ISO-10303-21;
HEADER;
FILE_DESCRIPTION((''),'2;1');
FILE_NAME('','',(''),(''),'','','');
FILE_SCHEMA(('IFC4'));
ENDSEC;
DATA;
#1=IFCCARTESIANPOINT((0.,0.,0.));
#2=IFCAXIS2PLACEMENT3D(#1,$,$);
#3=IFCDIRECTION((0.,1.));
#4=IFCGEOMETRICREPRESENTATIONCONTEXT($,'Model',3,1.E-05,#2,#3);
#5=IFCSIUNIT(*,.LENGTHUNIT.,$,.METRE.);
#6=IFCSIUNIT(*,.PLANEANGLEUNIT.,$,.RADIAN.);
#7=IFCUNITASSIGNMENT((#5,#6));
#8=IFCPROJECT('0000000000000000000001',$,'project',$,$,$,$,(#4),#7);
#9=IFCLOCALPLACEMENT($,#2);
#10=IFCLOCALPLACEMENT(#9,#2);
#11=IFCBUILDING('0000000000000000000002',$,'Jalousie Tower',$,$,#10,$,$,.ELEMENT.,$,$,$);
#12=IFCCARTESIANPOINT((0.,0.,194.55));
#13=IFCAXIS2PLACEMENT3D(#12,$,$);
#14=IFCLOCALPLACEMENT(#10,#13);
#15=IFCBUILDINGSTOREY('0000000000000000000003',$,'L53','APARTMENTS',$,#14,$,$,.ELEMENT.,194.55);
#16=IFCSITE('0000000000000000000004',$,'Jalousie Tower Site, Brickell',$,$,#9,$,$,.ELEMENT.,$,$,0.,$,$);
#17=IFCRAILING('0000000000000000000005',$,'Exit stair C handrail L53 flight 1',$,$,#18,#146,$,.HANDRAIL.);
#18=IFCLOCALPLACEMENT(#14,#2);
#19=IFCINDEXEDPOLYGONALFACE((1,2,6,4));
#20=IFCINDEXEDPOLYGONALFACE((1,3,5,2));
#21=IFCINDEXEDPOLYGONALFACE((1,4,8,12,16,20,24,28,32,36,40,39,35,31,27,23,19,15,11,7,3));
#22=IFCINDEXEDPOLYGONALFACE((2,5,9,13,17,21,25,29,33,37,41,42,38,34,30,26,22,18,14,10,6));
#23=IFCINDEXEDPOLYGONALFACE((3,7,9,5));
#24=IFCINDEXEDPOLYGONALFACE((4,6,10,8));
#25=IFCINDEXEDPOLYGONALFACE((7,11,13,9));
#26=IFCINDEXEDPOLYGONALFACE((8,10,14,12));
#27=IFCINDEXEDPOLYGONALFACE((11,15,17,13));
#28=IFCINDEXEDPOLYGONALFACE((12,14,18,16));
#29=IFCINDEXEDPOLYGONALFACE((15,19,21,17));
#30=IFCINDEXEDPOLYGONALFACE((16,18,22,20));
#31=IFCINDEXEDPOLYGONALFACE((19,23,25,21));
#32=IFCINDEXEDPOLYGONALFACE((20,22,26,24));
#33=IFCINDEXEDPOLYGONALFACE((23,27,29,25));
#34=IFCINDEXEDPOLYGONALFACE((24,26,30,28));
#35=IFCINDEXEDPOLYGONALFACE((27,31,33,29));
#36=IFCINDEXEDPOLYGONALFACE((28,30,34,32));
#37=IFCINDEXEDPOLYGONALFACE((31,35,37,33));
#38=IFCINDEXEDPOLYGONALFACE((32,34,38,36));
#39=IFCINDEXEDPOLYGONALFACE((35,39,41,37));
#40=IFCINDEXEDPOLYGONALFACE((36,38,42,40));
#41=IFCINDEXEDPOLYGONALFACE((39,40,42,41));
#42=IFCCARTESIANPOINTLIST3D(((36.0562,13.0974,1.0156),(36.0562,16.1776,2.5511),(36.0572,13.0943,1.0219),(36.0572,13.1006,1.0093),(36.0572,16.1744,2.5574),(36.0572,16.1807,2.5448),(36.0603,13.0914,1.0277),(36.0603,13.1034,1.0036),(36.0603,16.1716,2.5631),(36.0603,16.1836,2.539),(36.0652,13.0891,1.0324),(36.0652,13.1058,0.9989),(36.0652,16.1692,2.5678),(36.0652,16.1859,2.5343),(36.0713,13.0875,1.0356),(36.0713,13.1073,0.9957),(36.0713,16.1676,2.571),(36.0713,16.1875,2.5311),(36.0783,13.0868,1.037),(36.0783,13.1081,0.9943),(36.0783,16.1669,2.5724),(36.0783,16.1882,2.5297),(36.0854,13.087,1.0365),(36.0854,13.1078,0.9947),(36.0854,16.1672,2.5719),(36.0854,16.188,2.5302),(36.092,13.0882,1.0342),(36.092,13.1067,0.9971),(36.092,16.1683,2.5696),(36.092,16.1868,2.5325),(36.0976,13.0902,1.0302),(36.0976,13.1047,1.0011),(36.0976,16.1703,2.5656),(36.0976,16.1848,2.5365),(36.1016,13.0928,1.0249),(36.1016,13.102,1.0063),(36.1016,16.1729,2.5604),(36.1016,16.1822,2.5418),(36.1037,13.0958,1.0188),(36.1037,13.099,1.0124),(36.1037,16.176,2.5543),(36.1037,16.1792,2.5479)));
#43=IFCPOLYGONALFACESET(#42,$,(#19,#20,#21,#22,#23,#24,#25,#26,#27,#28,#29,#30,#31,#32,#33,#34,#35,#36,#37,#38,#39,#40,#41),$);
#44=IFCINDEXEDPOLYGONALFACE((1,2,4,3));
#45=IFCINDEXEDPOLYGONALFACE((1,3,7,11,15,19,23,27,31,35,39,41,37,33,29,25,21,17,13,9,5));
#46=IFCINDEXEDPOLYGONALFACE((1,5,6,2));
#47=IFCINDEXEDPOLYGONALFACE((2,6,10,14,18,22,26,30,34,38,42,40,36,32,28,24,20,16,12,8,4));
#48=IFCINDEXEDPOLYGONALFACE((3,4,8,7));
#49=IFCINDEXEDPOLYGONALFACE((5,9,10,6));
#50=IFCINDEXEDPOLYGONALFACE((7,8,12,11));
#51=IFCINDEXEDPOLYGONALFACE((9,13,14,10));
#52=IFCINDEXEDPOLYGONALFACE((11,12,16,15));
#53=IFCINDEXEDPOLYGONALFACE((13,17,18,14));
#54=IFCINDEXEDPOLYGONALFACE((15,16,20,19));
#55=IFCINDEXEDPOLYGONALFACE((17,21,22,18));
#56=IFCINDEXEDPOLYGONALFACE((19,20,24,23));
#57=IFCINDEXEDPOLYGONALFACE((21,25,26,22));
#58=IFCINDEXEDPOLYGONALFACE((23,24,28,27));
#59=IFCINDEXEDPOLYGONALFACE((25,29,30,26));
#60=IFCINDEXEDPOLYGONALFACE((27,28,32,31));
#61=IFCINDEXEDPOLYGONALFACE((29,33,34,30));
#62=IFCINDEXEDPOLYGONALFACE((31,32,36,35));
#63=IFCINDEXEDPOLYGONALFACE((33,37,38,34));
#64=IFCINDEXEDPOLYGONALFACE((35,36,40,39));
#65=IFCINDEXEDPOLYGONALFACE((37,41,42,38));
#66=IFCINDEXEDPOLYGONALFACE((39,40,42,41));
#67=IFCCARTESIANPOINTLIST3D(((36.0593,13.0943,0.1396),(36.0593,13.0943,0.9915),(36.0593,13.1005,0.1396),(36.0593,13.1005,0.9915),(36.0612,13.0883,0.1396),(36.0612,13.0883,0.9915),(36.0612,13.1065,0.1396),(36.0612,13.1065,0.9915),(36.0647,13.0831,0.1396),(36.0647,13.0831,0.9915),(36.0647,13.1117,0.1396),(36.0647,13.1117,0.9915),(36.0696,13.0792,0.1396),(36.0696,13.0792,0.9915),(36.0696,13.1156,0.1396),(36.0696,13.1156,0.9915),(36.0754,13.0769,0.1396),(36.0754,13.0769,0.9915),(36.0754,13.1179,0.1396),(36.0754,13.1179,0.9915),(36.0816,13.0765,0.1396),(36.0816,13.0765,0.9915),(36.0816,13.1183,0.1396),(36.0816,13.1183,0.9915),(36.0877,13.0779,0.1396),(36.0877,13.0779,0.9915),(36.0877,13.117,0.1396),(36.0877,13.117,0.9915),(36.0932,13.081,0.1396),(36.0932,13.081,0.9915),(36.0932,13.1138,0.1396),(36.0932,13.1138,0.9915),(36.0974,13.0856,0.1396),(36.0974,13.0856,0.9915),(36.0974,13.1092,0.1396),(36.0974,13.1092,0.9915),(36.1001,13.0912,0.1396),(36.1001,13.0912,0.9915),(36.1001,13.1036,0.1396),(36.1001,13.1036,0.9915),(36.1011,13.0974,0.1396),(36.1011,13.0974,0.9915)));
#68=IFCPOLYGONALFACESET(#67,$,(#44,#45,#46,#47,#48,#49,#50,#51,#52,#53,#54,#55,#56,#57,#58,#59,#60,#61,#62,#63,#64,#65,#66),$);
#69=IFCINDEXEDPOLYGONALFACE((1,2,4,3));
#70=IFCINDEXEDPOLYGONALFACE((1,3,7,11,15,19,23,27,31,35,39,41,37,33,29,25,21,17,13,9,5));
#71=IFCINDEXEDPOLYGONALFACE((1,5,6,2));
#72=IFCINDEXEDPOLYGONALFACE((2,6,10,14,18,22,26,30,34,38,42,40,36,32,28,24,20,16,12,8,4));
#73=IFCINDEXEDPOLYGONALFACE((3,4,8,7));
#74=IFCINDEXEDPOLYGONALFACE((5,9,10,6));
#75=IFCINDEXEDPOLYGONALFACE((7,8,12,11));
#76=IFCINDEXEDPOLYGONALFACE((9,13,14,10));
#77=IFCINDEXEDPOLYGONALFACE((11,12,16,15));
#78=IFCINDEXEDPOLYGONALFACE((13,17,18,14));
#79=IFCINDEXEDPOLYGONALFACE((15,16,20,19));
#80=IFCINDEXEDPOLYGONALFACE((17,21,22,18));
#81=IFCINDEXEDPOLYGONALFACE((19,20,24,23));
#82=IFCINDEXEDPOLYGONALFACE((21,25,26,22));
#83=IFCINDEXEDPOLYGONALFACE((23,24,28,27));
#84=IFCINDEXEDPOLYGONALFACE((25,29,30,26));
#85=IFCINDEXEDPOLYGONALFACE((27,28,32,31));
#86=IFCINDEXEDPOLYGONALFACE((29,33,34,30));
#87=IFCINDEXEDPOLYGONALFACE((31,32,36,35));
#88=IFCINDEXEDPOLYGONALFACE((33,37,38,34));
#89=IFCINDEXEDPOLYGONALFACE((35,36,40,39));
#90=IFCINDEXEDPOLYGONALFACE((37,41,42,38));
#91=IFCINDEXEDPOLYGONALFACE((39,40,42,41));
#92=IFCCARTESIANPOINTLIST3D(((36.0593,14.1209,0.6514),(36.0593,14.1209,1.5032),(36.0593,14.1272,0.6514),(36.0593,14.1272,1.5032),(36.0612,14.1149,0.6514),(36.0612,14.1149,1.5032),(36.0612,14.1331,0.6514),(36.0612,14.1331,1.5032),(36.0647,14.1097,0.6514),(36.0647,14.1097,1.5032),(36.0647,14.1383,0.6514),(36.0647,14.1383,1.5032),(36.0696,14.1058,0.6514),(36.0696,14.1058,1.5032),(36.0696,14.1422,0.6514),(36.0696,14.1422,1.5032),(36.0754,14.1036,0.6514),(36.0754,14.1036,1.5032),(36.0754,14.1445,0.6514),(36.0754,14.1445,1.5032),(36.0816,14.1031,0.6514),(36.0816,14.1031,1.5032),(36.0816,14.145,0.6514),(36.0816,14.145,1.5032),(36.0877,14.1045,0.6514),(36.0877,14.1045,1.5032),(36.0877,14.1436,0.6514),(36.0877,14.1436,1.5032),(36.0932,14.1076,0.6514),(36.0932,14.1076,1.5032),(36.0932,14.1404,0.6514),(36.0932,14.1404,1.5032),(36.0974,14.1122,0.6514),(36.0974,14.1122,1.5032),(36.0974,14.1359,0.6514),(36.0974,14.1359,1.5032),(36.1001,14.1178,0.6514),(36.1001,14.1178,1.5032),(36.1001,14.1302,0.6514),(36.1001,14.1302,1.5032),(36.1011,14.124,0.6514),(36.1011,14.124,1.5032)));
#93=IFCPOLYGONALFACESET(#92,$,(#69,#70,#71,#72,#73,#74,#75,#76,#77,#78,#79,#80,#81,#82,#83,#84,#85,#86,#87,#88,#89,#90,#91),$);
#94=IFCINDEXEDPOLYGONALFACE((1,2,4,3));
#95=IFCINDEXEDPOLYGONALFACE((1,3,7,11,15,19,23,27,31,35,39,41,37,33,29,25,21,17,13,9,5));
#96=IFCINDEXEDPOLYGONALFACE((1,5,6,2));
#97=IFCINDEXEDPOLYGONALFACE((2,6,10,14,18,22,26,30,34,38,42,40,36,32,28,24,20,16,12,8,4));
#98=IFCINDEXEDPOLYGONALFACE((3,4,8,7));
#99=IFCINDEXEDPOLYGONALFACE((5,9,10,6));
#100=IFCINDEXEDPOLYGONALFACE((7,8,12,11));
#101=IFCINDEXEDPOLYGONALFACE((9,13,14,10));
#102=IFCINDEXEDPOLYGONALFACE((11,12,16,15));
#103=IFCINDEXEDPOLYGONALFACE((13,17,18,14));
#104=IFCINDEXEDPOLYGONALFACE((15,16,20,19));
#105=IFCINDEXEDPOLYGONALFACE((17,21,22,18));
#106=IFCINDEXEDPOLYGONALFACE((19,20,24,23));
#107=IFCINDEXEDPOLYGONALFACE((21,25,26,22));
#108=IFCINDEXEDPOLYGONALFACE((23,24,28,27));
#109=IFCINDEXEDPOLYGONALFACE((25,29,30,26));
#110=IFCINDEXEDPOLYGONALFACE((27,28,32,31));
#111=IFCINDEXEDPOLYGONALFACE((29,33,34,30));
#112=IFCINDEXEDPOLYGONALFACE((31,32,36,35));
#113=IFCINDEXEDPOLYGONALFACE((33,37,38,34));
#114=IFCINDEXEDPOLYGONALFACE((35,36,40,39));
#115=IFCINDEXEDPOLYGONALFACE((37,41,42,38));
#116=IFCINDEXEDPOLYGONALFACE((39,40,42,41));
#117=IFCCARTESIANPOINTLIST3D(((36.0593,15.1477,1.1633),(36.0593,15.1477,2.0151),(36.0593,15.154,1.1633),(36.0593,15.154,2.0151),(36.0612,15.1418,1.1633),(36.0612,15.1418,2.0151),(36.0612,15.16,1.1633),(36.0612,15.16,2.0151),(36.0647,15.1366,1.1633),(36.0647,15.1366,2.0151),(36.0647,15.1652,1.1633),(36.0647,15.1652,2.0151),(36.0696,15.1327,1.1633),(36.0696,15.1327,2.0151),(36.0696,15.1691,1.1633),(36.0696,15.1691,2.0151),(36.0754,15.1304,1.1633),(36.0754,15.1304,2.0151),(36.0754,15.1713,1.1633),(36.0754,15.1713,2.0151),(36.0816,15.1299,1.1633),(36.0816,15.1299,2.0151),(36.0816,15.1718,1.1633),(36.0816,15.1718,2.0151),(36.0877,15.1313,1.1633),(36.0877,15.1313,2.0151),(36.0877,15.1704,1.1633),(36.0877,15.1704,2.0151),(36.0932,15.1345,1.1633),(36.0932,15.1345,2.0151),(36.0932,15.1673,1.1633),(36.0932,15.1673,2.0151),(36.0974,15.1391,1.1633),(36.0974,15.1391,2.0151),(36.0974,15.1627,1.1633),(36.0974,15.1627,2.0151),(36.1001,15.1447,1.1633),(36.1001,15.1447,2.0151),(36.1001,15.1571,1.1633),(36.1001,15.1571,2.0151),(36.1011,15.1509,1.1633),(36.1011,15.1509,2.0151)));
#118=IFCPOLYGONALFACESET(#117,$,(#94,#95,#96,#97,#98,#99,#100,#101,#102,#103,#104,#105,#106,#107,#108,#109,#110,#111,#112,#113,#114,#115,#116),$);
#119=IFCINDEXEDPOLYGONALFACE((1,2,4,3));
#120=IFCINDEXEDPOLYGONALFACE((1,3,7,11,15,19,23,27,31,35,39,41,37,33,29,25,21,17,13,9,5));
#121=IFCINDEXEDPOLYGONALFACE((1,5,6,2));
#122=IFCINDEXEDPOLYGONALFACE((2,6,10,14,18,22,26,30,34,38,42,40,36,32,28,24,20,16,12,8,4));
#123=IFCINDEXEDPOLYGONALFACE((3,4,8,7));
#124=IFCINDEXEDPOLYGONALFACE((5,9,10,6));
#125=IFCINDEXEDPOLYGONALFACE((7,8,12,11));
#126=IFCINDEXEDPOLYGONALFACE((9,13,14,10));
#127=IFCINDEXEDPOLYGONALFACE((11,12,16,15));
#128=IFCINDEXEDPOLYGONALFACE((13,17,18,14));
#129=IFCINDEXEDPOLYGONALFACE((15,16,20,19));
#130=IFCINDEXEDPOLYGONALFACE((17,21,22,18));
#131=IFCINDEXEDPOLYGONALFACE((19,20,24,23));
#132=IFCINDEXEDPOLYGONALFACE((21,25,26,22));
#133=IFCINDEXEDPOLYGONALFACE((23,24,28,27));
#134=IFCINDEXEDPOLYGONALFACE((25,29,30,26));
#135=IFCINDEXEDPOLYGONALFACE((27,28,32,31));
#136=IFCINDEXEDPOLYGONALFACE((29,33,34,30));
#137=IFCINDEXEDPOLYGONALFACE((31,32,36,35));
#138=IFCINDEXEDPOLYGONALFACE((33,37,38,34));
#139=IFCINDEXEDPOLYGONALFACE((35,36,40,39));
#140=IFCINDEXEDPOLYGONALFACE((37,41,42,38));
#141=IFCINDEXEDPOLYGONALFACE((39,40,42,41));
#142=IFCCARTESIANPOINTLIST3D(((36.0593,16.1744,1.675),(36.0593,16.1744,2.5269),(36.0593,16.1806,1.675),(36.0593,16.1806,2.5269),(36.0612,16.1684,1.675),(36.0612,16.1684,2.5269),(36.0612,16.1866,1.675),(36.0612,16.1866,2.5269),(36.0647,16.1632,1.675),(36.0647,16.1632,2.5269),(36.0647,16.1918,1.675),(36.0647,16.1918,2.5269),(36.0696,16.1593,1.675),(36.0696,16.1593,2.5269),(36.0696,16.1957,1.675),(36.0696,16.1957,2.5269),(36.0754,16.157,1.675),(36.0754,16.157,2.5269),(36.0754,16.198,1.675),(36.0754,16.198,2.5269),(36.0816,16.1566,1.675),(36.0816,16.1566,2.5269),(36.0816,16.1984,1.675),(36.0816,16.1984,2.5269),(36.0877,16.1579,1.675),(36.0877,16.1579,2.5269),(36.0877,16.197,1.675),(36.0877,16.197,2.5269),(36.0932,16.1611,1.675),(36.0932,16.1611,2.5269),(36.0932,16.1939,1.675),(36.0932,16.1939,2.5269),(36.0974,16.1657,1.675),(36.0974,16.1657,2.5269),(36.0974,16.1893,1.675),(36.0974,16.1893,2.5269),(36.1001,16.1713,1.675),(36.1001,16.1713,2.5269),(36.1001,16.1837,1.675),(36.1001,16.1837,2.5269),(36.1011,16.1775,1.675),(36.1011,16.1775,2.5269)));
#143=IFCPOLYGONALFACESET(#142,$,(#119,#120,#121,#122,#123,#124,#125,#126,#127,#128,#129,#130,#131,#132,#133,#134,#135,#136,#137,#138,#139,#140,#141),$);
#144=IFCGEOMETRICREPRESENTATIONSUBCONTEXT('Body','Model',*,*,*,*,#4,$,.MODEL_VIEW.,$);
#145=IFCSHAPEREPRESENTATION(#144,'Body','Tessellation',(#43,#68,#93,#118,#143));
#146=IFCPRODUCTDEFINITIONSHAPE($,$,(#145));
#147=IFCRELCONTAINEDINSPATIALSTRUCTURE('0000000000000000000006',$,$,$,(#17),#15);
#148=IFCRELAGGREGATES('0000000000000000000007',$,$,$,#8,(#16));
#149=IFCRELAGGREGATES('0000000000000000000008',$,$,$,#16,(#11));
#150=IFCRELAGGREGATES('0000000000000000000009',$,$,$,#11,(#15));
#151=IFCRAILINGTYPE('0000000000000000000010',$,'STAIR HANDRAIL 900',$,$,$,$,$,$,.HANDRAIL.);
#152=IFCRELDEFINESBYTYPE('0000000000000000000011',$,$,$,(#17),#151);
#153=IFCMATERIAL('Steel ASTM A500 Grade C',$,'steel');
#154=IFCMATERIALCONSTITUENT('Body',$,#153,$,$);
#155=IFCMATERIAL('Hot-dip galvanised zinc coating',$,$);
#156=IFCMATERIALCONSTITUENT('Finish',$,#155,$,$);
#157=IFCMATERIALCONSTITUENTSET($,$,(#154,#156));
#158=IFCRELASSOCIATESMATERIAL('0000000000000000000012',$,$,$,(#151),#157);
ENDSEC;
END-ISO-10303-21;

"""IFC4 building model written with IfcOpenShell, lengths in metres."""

from ifc_helpers import new_model, si_unit, direction, frame, origin, origin_2d, place, context, subcontext, project, spatial, circle, extrude, material, constituent, constituent_set, type_object, element, save


model = new_model("IFC4")

# Units and contexts
model_context = context("Model", 3, precision=1e-05, world=origin(), true_north=direction((0.0, 1.0)))
body_context = subcontext(model_context, "Body", "Model", "MODEL_VIEW")
ifc_project = project(units=[si_unit("LENGTHUNIT", "METRE"), si_unit("PLANEANGLEUNIT", "RADIAN")], contexts=[model_context])

# Site, building, storey
site_placement = place(None, origin())
site = spatial("IfcSite", under=ifc_project, at=site_placement, Name="Jalousie Tower Site, Brickell", CompositionType="ELEMENT", RefElevation=0.0)
building_placement = place(site_placement, origin())
building = spatial("IfcBuilding", under=site, at=building_placement, Name="Jalousie Tower", CompositionType="ELEMENT")
storey_placement = place(building_placement, frame((0.0, 0.0, 194.55)))
storey = spatial("IfcBuildingStorey", under=building, at=storey_placement, Name="L53", Description="APARTMENTS", CompositionType="ELEMENT", Elevation=194.55)

# Railing
ifc_material_1 = material(Name="Steel ASTM A500 Grade C", Category="steel")
ifc_constituent_1 = constituent(ifc_material_1, Name="Body")
ifc_material_2 = material(Name="Hot-dip galvanised zinc coating")
ifc_constituent_2 = constituent(ifc_material_2, Name="Finish")
ifc_constituent_set_1 = constituent_set(constituents=[ifc_constituent_1, ifc_constituent_2])
railing_type_1 = type_object("IfcRailingType", Name="STAIR HANDRAIL 900", PredefinedType="HANDRAIL", material=ifc_constituent_set_1)
railing_1_placement = place(storey_placement, frame((36.0801, 13.0974, 0.1396)))
element("IfcRailing", 1, at=railing_1_placement, inside=storey, type_object=railing_type_1, Name="Exit stair C handrail L53 flight 1", PredefinedType="HANDRAIL", context=body_context, shape_type="SweptSolid", body=[
    extrude(circle(Radius=0.0239, at=origin_2d()), frame((0.0, 0.0, 0.876), z_axis=(0.0, 0.894966, 0.446135), x_axis=(-1.0, 0.0, 0.0)), (0.0, 0.0, 1.0), 3.4417),
    extrude(circle(Radius=0.021, at=origin_2d()), origin(), (0.0, 0.0, 1.0), 0.8518),
    extrude(circle(Radius=0.021, at=origin_2d()), frame((0.0, 1.0266, 0.5117)), (0.0, 0.0, 1.0), 0.8518),
    extrude(circle(Radius=0.021, at=origin_2d()), frame((0.0, 2.0535, 1.0237)), (0.0, 0.0, 1.0), 0.8518),
    extrude(circle(Radius=0.021, at=origin_2d()), frame((0.0, 3.0801, 1.5354)), (0.0, 0.0, 1.0), 0.8518),
])

save(model, "model.ifc")
